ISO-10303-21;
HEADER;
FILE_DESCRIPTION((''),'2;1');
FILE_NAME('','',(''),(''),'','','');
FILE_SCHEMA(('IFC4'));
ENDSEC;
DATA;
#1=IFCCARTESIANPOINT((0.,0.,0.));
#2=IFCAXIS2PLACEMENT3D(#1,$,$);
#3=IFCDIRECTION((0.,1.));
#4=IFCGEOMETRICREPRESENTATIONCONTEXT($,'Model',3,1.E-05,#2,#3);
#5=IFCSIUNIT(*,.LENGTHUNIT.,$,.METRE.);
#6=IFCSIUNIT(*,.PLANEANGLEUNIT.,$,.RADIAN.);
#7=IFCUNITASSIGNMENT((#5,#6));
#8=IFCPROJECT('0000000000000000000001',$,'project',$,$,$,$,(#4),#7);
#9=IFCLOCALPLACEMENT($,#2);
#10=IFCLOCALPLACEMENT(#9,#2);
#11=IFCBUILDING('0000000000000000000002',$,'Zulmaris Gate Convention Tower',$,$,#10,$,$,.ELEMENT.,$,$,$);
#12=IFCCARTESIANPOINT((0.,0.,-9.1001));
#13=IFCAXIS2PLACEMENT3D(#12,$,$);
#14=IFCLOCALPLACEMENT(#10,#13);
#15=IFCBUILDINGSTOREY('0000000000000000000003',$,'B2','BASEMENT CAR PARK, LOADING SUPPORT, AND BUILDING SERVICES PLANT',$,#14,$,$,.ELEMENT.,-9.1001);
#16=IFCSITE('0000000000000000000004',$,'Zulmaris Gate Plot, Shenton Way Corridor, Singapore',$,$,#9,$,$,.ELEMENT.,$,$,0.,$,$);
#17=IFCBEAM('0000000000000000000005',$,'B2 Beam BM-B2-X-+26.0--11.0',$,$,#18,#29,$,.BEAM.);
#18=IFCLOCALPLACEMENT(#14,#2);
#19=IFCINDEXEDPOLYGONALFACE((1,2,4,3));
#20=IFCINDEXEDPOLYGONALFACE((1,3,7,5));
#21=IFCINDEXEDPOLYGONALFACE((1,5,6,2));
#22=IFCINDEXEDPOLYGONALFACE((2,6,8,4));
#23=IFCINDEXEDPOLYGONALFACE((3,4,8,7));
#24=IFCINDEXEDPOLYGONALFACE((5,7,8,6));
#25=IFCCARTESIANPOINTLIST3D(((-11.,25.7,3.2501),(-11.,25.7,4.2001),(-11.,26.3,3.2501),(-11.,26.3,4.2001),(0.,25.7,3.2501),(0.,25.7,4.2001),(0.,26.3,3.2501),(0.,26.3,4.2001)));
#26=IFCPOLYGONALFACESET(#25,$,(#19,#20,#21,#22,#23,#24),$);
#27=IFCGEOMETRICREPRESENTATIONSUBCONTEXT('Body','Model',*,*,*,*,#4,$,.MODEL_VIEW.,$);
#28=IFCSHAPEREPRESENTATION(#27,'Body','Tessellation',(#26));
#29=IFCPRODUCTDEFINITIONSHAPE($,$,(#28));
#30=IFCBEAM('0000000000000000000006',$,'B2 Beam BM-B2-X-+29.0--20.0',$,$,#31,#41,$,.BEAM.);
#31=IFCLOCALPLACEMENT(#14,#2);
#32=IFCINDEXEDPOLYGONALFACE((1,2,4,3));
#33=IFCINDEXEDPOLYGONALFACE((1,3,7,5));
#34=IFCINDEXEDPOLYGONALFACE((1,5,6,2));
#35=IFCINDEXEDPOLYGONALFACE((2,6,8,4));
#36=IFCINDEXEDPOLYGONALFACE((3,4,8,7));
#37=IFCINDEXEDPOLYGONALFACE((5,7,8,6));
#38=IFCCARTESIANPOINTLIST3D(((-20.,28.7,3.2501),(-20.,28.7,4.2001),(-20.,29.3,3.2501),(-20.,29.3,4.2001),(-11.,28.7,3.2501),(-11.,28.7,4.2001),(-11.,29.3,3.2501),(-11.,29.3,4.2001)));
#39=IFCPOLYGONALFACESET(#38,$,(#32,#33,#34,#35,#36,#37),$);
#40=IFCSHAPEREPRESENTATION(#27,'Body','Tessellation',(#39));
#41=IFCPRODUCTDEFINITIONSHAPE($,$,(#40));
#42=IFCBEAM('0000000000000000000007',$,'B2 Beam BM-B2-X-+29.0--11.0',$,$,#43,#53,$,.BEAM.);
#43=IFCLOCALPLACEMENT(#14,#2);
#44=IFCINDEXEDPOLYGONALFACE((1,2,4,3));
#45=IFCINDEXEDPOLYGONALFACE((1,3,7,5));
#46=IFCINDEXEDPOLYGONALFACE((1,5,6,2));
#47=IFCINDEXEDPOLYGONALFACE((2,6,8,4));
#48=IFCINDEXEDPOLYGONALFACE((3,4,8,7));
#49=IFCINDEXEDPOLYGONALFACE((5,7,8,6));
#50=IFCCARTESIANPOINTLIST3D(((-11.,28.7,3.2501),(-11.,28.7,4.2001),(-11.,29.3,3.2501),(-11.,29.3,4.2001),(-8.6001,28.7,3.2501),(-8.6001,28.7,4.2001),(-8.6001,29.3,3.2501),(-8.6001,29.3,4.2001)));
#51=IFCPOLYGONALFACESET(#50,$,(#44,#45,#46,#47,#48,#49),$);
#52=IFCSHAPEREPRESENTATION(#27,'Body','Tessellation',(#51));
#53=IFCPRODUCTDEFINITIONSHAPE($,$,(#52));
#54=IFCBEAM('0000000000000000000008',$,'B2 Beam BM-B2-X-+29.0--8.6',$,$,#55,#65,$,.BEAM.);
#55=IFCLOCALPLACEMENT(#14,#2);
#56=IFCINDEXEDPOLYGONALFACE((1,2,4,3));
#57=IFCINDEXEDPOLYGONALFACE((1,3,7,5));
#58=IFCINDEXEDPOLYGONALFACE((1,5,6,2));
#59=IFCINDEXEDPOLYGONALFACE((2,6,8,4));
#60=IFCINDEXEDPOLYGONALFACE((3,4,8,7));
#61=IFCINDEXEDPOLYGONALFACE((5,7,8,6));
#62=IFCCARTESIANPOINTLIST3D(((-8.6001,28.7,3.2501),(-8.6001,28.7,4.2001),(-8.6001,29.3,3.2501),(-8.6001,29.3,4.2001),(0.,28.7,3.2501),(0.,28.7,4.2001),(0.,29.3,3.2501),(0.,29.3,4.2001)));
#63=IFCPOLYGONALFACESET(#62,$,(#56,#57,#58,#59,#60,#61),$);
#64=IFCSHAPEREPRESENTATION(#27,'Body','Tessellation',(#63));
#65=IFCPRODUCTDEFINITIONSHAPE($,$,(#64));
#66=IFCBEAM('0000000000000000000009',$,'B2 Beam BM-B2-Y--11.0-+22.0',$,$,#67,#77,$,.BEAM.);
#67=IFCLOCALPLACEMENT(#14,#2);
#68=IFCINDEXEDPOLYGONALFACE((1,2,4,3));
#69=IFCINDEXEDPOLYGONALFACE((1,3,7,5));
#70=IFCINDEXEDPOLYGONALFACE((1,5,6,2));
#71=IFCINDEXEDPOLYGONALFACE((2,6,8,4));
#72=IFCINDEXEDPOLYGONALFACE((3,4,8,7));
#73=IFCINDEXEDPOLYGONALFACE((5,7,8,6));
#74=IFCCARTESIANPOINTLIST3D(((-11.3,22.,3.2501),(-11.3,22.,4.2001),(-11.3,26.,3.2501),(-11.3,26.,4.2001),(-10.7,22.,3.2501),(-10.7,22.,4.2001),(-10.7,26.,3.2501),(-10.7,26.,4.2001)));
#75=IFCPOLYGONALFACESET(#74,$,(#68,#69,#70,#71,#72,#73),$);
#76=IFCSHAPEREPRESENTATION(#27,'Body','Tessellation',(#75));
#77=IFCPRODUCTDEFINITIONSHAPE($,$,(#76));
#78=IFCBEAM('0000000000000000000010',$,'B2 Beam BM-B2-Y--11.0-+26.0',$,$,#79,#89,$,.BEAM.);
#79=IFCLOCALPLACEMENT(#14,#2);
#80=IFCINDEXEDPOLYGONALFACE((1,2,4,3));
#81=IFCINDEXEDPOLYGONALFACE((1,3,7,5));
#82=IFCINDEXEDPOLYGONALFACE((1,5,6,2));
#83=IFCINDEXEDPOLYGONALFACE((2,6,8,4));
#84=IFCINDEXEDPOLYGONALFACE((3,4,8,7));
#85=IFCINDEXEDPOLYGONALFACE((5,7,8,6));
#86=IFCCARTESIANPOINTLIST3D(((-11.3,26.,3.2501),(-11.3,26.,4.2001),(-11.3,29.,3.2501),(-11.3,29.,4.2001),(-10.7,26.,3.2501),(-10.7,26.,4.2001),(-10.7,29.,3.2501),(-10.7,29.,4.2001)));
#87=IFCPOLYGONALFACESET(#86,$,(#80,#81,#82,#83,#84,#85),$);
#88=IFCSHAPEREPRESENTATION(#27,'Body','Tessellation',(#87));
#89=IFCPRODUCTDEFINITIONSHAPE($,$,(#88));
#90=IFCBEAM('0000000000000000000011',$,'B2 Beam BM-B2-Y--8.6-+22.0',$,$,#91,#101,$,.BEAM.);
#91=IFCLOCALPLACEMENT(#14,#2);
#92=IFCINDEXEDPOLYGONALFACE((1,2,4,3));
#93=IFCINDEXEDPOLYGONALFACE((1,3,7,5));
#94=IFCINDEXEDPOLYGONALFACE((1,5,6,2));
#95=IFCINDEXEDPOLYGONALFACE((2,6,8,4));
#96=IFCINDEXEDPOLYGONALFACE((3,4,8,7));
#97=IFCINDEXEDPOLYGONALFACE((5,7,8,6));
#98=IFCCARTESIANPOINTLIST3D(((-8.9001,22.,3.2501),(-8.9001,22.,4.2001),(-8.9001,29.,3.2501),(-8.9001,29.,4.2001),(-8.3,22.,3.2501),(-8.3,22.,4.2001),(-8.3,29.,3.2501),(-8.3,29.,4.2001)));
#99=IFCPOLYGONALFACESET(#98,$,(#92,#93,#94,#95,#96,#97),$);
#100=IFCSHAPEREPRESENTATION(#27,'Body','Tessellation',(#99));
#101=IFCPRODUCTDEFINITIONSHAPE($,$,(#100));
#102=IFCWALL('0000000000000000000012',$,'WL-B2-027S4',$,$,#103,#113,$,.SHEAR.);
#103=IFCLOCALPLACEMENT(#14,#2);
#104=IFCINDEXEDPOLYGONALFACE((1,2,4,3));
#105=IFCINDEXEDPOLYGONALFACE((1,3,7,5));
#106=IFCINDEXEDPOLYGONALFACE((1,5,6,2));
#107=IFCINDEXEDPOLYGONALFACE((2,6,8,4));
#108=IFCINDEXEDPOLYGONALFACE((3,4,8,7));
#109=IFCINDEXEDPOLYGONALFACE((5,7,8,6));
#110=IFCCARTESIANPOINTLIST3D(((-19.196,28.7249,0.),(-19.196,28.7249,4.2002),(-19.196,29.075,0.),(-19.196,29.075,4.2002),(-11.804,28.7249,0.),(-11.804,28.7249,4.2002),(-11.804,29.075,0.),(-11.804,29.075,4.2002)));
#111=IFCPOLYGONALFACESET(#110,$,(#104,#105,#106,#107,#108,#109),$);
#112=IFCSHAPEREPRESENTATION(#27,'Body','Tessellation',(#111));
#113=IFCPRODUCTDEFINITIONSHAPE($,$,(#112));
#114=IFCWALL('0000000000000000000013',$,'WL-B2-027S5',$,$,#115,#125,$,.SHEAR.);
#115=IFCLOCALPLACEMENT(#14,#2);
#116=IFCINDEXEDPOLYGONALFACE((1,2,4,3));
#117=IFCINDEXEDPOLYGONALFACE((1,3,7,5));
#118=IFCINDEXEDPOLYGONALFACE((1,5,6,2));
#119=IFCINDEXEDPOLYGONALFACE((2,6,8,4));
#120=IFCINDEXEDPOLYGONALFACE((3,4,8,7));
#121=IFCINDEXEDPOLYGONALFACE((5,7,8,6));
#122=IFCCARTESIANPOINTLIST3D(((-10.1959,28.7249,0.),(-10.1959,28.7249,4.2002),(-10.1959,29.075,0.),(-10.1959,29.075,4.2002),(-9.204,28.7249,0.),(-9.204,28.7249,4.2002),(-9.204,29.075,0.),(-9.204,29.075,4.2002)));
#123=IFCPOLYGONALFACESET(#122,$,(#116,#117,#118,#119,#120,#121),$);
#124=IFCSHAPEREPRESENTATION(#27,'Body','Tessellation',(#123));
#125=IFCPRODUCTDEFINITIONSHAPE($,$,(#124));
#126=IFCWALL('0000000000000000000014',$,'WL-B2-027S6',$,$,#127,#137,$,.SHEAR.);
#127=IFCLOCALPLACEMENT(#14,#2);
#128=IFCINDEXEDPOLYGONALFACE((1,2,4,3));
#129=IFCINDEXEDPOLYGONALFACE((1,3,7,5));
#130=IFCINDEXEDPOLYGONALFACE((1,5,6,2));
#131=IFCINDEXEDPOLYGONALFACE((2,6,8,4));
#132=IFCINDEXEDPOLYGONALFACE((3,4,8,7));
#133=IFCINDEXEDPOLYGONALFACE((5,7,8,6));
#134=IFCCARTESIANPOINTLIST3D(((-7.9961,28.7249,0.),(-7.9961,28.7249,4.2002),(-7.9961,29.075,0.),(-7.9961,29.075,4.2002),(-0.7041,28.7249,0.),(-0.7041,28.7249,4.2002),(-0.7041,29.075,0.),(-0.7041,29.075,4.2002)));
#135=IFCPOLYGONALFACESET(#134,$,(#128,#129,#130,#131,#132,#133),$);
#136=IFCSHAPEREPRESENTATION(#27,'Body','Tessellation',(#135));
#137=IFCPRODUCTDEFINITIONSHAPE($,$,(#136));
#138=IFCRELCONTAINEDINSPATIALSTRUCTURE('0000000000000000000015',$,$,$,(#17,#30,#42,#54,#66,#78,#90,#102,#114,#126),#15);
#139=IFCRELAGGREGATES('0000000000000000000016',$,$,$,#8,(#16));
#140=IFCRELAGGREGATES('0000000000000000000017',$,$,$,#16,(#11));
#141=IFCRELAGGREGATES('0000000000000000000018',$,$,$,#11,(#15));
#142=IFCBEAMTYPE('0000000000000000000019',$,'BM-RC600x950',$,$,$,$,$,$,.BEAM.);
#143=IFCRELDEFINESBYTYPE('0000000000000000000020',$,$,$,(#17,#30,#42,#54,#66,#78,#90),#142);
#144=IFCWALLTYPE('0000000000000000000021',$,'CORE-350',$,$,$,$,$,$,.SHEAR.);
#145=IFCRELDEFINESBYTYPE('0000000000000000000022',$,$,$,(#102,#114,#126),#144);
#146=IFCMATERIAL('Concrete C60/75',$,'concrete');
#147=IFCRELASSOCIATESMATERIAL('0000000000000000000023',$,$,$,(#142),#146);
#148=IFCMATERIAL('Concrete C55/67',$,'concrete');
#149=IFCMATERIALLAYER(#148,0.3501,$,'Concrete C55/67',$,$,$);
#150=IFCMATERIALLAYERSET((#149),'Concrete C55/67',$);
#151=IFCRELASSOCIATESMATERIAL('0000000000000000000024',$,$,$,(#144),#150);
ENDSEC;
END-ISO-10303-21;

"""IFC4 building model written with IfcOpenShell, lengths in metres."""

from ifc_helpers import new_model, si_unit, direction, frame, frame_2d, origin, origin_2d, place, context, subcontext, project, spatial, rectangle, extrude, material, layer, layer_set, material_profile, profile_set, type_object, element, save


model = new_model("IFC4")

# Units and contexts
model_context = context("Model", 3, precision=1e-05, world=origin(), true_north=direction((0.0, 1.0)))
body_context = subcontext(model_context, "Body", "Model", "MODEL_VIEW")
ifc_project = project(units=[si_unit("LENGTHUNIT", "METRE"), si_unit("PLANEANGLEUNIT", "RADIAN")], contexts=[model_context])

# Site, building, storey
site_placement = place(None, origin())
site = spatial("IfcSite", under=ifc_project, at=site_placement, Name="Zulmaris Gate Plot, Shenton Way Corridor, Singapore", CompositionType="ELEMENT", RefElevation=0.0)
building_placement = place(site_placement, origin())
building = spatial("IfcBuilding", under=site, at=building_placement, Name="Zulmaris Gate Convention Tower", CompositionType="ELEMENT")
storey_placement = place(building_placement, frame((0.0, 0.0, -9.1001)))
storey = spatial("IfcBuildingStorey", under=building, at=storey_placement, Name="B2", Description="BASEMENT CAR PARK, LOADING SUPPORT, AND BUILDING SERVICES PLANT", CompositionType="ELEMENT", Elevation=-9.1001)

# Beams
ifc_material_1 = material(Name="Concrete C60/75", Category="concrete")
ifc_material_profile_1 = material_profile(ifc_material_1, rectangle(XDim=0.6001, YDim=0.95, at=origin_2d()), Name="RC BEAM 600x950")
ifc_profile_set_1 = profile_set([ifc_material_profile_1], Name="Concrete C60/75")
beam_type = type_object("IfcBeamType", Name="BM-RC600x950", PredefinedType="BEAM", material=ifc_profile_set_1)
beam_1_placement = place(storey_placement, frame((-11.0, 26.0, 3.7251), z_axis=(1.0, 0.0, 0.0), x_axis=(0.0, 1.0, 0.0)))
element("IfcBeam", 1, at=beam_1_placement, inside=storey, type_object=beam_type, Name="B2 Beam BM-B2-X-+26.0--11.0", PredefinedType="BEAM", context=body_context, shape_type="SweptSolid", body=[
    extrude(rectangle(XDim=0.6001, YDim=0.95, at=origin_2d()), origin(), (0.0, 0.0, 1.0), 11.0),
])
beam_2_placement = place(storey_placement, frame((-20.0, 29.0, 3.7251), z_axis=(1.0, 0.0, 0.0), x_axis=(0.0, 1.0, 0.0)))
element("IfcBeam", 2, at=beam_2_placement, inside=storey, type_object=beam_type, Name="B2 Beam BM-B2-X-+29.0--20.0", PredefinedType="BEAM", context=body_context, shape_type="SweptSolid", body=[
    extrude(rectangle(XDim=0.6001, YDim=0.95, at=origin_2d()), origin(), (0.0, 0.0, 1.0), 9.0),
])
beam_3_placement = place(storey_placement, frame((-11.0, 29.0, 3.7251), z_axis=(1.0, 0.0, 0.0), x_axis=(0.0, 1.0, 0.0)))
element("IfcBeam", 3, at=beam_3_placement, inside=storey, type_object=beam_type, Name="B2 Beam BM-B2-X-+29.0--11.0", PredefinedType="BEAM", context=body_context, shape_type="SweptSolid", body=[
    extrude(rectangle(XDim=0.6001, YDim=0.95, at=origin_2d()), origin(), (0.0, 0.0, 1.0), 2.3999),
])
beam_4_placement = place(storey_placement, frame((-8.6001, 29.0, 3.7251), z_axis=(1.0, 0.0, 0.0), x_axis=(0.0, 1.0, 0.0)))
element("IfcBeam", 4, at=beam_4_placement, inside=storey, type_object=beam_type, Name="B2 Beam BM-B2-X-+29.0--8.6", PredefinedType="BEAM", context=body_context, shape_type="SweptSolid", body=[
    extrude(rectangle(XDim=0.6001, YDim=0.95, at=origin_2d()), origin(), (0.0, 0.0, 1.0), 8.6001),
])
beam_5_placement = place(storey_placement, frame((-11.0, 22.0, 3.7251), z_axis=(0.0, 1.0, 0.0), x_axis=(-1.0, 0.0, 0.0)))
element("IfcBeam", 5, at=beam_5_placement, inside=storey, type_object=beam_type, Name="B2 Beam BM-B2-Y--11.0-+22.0", PredefinedType="BEAM", context=body_context, shape_type="SweptSolid", body=[
    extrude(rectangle(XDim=0.6001, YDim=0.95, at=origin_2d()), origin(), (0.0, 0.0, 1.0), 4.0),
])
beam_6_placement = place(storey_placement, frame((-11.0, 26.0, 3.7251), z_axis=(0.0, 1.0, 0.0), x_axis=(-1.0, 0.0, 0.0)))
element("IfcBeam", 6, at=beam_6_placement, inside=storey, type_object=beam_type, Name="B2 Beam BM-B2-Y--11.0-+26.0", PredefinedType="BEAM", context=body_context, shape_type="SweptSolid", body=[
    extrude(rectangle(XDim=0.6001, YDim=0.95, at=origin_2d()), origin(), (0.0, 0.0, 1.0), 3.0),
])
beam_7_placement = place(storey_placement, frame((-8.6001, 22.0, 3.7251), z_axis=(0.0, 1.0, 0.0), x_axis=(-1.0, 0.0, 0.0)))
element("IfcBeam", 7, at=beam_7_placement, inside=storey, type_object=beam_type, Name="B2 Beam BM-B2-Y--8.6-+22.0", PredefinedType="BEAM", context=body_context, shape_type="SweptSolid", body=[
    extrude(rectangle(XDim=0.6001, YDim=0.95, at=origin_2d()), origin(), (0.0, 0.0, 1.0), 7.0),
])

# Walls
ifc_material_2 = material(Name="Concrete C55/67", Category="concrete")
ifc_layer = layer(ifc_material_2, 0.3501, Name="Concrete C55/67")
ifc_layer_set = layer_set([ifc_layer], Name="Concrete C55/67")
wall_type = type_object("IfcWallType", Name="CORE-350", PredefinedType="SHEAR", material=ifc_layer_set)
wall_1_placement = place(storey_placement, frame((-19.196, 28.8999, 0.0), z_axis=(0.0, 0.0, 1.0), x_axis=(1.0, 0.0, 0.0)))
element("IfcWall", 8, at=wall_1_placement, inside=storey, type_object=wall_type, Name="WL-B2-027S4", PredefinedType="SHEAR", context=body_context, shape_type="SweptSolid", body=[
    extrude(rectangle(XDim=7.3921, YDim=0.3501, at=frame_2d((3.696, 0.0))), origin(), (0.0, 0.0, 1.0), 4.2002),
])
wall_2_placement = place(storey_placement, frame((-10.196, 28.8999, 0.0), z_axis=(0.0, 0.0, 1.0), x_axis=(1.0, 0.0, 0.0)))
element("IfcWall", 9, at=wall_2_placement, inside=storey, type_object=wall_type, Name="WL-B2-027S5", PredefinedType="SHEAR", context=body_context, shape_type="SweptSolid", body=[
    extrude(rectangle(XDim=0.9919, YDim=0.3501, at=frame_2d((0.4961, 0.0))), origin(), (0.0, 0.0, 1.0), 4.2002),
])
wall_3_placement = place(storey_placement, frame((-7.9961, 28.8999, 0.0), z_axis=(0.0, 0.0, 1.0), x_axis=(1.0, 0.0, 0.0)))
element("IfcWall", 10, at=wall_3_placement, inside=storey, type_object=wall_type, Name="WL-B2-027S6", PredefinedType="SHEAR", context=body_context, shape_type="SweptSolid", body=[
    extrude(rectangle(XDim=7.292, YDim=0.3501, at=frame_2d((3.646, 0.0))), origin(), (0.0, 0.0, 1.0), 4.2002),
])

save(model, "model.ifc")
